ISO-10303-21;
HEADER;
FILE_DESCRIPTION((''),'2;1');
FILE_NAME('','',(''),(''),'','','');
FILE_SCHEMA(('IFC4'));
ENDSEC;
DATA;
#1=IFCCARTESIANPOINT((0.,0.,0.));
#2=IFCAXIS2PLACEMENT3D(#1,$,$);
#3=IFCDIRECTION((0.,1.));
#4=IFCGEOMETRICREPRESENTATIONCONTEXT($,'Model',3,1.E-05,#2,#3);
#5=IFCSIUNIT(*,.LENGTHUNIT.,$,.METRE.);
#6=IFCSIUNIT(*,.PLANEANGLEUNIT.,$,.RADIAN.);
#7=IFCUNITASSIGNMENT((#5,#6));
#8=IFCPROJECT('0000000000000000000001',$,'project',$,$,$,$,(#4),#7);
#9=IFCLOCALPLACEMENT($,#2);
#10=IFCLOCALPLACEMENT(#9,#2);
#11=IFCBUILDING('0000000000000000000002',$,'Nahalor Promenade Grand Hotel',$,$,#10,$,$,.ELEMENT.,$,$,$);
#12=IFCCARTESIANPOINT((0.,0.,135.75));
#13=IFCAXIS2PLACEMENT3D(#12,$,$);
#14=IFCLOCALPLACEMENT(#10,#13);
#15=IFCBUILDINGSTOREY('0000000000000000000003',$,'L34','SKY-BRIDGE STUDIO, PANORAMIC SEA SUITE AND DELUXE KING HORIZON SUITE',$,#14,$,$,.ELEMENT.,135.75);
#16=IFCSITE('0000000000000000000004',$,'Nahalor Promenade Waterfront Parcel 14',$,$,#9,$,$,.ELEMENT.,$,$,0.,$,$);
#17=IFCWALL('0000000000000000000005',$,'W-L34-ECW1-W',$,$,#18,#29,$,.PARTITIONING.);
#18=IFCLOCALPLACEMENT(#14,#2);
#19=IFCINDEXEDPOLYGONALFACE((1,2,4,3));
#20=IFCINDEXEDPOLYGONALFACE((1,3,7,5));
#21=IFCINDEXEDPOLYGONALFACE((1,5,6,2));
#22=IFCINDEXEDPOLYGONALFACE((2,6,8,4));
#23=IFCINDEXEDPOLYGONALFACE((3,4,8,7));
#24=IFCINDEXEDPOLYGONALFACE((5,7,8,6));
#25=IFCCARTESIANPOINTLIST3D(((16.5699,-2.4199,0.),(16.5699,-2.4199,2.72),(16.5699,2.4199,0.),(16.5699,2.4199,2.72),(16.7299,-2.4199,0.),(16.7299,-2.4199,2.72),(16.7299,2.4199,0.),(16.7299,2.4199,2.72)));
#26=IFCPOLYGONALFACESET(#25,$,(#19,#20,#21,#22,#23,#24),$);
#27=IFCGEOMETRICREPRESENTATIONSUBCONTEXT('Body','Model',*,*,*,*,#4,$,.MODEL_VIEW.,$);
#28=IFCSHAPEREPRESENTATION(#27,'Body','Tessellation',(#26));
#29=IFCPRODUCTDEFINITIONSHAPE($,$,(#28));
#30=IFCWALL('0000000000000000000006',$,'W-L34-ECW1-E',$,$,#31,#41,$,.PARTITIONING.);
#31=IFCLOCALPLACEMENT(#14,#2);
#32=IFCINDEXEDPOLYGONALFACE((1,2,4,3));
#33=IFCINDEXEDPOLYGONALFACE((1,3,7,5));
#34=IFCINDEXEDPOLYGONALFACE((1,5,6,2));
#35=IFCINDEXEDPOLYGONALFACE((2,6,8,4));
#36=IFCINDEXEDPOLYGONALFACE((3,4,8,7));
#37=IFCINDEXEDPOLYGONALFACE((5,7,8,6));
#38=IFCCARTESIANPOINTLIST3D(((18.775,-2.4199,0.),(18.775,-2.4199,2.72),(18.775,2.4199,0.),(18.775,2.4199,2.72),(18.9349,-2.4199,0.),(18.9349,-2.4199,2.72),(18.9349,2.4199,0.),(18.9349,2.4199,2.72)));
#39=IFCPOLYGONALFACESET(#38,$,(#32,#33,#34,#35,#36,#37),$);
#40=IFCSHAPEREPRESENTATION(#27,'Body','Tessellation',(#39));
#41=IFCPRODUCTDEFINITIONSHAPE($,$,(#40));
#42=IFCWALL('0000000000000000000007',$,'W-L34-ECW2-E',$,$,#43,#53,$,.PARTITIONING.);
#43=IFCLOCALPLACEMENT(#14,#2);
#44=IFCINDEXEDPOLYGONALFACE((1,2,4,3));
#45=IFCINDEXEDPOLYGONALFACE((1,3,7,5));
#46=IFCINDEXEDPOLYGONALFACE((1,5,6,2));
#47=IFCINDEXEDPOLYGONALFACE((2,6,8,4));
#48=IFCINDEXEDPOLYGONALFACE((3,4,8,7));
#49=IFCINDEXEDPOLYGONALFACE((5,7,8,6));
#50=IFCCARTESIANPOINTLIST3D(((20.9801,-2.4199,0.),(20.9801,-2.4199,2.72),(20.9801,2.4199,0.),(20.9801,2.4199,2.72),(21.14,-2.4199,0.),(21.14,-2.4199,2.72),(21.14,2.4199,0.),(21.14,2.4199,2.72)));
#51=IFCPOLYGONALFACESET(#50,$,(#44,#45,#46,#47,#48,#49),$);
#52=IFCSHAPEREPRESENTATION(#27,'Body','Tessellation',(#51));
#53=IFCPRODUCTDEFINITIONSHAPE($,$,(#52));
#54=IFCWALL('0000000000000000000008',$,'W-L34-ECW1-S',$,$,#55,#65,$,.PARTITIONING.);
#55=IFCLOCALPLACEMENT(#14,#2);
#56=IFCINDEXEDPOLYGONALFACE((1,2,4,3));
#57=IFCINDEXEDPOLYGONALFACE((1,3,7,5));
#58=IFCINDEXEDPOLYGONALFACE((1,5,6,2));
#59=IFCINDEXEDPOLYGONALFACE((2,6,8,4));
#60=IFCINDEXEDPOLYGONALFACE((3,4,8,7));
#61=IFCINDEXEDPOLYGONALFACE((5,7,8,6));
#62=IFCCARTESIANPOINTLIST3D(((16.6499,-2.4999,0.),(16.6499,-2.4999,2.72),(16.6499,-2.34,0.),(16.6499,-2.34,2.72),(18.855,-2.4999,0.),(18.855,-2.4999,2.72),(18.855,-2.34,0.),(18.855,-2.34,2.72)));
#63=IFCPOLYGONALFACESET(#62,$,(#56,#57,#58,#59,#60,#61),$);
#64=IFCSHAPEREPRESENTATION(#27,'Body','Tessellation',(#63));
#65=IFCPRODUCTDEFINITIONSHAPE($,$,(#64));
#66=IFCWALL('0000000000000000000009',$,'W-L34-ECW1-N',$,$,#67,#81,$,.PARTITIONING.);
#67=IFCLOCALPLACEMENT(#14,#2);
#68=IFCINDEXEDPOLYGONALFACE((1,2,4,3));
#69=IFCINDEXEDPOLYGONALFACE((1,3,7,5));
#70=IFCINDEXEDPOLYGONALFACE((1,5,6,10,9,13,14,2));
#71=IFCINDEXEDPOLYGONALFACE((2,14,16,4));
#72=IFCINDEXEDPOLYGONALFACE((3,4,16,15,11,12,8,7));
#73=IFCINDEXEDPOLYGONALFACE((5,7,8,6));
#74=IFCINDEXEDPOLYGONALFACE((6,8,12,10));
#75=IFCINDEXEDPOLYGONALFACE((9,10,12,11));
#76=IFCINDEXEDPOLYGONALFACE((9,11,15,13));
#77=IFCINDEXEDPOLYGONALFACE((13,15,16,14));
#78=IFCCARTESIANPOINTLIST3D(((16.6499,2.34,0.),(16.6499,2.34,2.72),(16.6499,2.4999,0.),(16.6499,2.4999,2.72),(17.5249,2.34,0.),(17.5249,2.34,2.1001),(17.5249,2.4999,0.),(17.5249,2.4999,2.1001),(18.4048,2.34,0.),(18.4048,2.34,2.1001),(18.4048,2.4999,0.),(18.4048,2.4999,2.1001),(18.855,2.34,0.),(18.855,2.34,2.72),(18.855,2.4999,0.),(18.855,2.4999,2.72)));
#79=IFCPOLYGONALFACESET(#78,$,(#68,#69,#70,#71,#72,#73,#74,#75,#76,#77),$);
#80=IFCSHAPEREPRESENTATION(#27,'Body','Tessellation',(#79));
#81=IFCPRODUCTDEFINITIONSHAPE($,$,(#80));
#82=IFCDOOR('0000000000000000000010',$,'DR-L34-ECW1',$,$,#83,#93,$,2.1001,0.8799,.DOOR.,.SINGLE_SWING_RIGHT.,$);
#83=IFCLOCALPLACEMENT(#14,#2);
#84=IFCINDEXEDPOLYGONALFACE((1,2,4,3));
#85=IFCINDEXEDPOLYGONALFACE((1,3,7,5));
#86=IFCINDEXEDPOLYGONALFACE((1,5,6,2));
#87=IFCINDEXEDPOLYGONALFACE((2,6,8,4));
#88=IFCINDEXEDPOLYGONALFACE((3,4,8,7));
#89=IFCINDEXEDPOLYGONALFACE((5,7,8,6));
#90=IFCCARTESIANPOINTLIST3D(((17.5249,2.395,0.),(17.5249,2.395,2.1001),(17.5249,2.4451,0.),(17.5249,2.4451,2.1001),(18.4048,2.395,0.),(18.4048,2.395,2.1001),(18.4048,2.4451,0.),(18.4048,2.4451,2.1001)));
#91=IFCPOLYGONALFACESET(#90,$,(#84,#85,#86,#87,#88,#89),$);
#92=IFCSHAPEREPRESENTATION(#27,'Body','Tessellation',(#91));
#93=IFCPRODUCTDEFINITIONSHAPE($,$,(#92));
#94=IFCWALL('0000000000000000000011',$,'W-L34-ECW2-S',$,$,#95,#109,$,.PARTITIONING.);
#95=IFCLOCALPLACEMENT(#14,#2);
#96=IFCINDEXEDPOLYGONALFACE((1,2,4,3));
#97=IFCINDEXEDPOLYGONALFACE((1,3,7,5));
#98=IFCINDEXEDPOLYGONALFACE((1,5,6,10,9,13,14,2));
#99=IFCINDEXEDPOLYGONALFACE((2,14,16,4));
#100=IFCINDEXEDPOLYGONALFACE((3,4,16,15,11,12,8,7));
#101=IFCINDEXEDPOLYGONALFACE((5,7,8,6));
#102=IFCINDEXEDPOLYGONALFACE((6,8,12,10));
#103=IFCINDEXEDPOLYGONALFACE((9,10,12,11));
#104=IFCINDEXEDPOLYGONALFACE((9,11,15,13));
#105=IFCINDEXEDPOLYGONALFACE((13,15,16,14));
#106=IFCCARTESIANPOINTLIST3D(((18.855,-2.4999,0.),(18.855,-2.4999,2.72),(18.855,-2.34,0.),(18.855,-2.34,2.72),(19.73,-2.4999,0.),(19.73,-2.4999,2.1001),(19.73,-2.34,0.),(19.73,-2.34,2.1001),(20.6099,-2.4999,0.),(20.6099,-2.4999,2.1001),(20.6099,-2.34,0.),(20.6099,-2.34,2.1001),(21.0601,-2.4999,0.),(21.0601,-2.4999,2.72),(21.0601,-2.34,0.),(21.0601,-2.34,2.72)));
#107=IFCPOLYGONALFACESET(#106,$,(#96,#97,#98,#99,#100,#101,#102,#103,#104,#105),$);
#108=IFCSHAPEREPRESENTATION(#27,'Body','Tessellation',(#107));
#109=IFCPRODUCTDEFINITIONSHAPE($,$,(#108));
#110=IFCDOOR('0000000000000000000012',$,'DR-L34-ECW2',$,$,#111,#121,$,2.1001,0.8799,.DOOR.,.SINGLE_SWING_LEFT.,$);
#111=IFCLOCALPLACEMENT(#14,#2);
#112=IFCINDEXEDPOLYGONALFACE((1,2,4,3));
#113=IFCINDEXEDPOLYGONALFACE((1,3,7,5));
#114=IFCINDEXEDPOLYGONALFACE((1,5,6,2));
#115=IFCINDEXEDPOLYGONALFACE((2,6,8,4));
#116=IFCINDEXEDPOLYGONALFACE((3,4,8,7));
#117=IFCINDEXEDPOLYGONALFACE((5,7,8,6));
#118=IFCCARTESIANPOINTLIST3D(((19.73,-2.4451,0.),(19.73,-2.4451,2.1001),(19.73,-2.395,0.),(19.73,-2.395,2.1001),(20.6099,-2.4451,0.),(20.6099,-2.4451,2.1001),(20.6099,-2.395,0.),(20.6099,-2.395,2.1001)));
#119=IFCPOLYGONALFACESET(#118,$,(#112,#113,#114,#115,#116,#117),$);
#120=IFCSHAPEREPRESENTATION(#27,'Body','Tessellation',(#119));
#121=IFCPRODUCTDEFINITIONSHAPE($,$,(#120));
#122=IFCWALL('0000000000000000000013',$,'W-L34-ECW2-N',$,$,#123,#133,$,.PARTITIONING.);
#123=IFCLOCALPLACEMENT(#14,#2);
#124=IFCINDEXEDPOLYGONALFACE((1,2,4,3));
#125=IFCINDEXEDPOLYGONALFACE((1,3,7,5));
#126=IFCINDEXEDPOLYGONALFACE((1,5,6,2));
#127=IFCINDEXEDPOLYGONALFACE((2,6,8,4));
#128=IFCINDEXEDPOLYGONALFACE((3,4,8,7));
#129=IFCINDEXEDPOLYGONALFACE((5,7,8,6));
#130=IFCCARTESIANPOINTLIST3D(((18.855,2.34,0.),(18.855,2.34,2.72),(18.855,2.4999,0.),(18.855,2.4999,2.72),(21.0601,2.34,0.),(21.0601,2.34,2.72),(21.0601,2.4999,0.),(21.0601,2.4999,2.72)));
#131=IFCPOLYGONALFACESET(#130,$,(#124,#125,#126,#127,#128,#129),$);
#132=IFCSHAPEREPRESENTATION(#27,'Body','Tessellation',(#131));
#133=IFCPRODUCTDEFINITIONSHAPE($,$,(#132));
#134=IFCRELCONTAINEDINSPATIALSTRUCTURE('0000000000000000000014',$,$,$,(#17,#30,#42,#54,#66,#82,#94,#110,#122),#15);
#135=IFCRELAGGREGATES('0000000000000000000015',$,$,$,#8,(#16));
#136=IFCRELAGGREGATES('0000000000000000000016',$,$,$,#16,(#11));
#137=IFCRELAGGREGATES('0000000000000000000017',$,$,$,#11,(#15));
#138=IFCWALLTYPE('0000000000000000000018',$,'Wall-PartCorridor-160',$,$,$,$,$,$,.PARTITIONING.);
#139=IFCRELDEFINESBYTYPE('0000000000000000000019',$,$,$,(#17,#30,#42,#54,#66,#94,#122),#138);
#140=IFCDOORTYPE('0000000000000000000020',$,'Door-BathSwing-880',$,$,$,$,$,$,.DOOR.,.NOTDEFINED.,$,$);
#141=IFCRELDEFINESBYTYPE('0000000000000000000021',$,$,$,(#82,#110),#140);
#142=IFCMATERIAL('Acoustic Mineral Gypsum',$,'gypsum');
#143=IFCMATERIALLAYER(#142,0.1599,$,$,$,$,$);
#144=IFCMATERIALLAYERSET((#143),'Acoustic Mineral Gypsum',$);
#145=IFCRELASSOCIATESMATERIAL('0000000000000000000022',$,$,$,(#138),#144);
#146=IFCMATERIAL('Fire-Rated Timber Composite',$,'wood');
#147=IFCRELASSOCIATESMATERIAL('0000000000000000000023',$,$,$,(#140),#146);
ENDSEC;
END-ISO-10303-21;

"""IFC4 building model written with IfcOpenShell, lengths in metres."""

from ifc_helpers import new_model, si_unit, direction, frame, frame_2d, origin, place, context, subcontext, project, spatial, rectangle, extrude, source, transform, mapped, material, layer, layer_set, type_object, element, fill, save


model = new_model("IFC4")

# Units and contexts
model_context = context("Model", 3, precision=1e-05, world=origin(), true_north=direction((0.0, 1.0)))
body_context = subcontext(model_context, "Body", "Model", "MODEL_VIEW")
ifc_project = project(units=[si_unit("LENGTHUNIT", "METRE"), si_unit("PLANEANGLEUNIT", "RADIAN")], contexts=[model_context])

# Site, building, storey
site_placement = place(None, origin())
site = spatial("IfcSite", under=ifc_project, at=site_placement, Name="Nahalor Promenade Waterfront Parcel 14", CompositionType="ELEMENT", RefElevation=0.0)
building_placement = place(site_placement, origin())
building = spatial("IfcBuilding", under=site, at=building_placement, Name="Nahalor Promenade Grand Hotel", CompositionType="ELEMENT")
storey_placement = place(building_placement, frame((0.0, 0.0, 135.75)))
storey = spatial("IfcBuildingStorey", under=building, at=storey_placement, Name="L34", Description="SKY-BRIDGE STUDIO, PANORAMIC SEA SUITE AND DELUXE KING HORIZON SUITE", CompositionType="ELEMENT", Elevation=135.75)

# Shared definitions
ifc_material_1 = material(Name="Acoustic Mineral Gypsum", Category="gypsum")
ifc_layer_1 = layer(ifc_material_1, 0.1599)
ifc_layer_set_1 = layer_set([ifc_layer_1], Name="Acoustic Mineral Gypsum")
wall_type_1 = type_object("IfcWallType", Name="Wall-PartCorridor-160", PredefinedType="PARTITIONING", material=ifc_layer_set_1)
ifc_material_2 = material(Name="Fire-Rated Timber Composite", Category="wood")

# Walls
shared_shape_1 = source(origin(), body_context, "Body", "SweptSolid", [
    extrude(rectangle(XDim=4.8398, YDim=0.1599, at=frame_2d((2.4199, 0.0))), origin(), (0.0, 0.0, 1.0), 2.72),
])
for number, where, z_axis, x_axis, name in (
    (1, (16.6499, -2.4199, 0.0), (0.0, 0.0, 1.0), (0.0, 1.0, 0.0), "W-L34-ECW1-W"),
    (2, (18.855, -2.4199, 0.0), (0.0, 0.0, 1.0), (0.0, 1.0, 0.0), "W-L34-ECW1-E"),
    (3, (21.0601, -2.4199, 0.0), (0.0, 0.0, 1.0), (0.0, 1.0, 0.0), "W-L34-ECW2-E"),
):
    element("IfcWall", number, at=place(storey_placement, frame(where, z_axis=z_axis, x_axis=x_axis)), inside=storey, type_object=wall_type_1, Name=name, PredefinedType="PARTITIONING", context=body_context, shape_type="MappedRepresentation", body=[
        mapped(shared_shape_1, transform((0.0, 0.0, 0.0), scale=1.0)),
    ])
shared_shape_2 = source(origin(), body_context, "Body", "SweptSolid", [
    extrude(rectangle(XDim=2.2051, YDim=0.1599, at=frame_2d((1.1025, 0.0))), origin(), (0.0, 0.0, 1.0), 2.72),
])
wall_1_placement = place(storey_placement, frame((16.6499, -2.4199, 0.0), z_axis=(0.0, 0.0, 1.0), x_axis=(1.0, 0.0, 0.0)))
element("IfcWall", 4, at=wall_1_placement, inside=storey, type_object=wall_type_1, Name="W-L34-ECW1-S", PredefinedType="PARTITIONING", context=body_context, shape_type="MappedRepresentation", body=[
    mapped(shared_shape_2, transform((0.0, 0.0, 0.0), scale=1.0)),
])

# Walls, openings, doors
wall_2_placement = place(storey_placement, frame((16.6499, 2.4199, 0.0), z_axis=(0.0, 0.0, 1.0), x_axis=(1.0, 0.0, 0.0)))
wall_2 = element("IfcWall", 5, at=wall_2_placement, inside=storey, type_object=wall_type_1, Name="W-L34-ECW1-N", PredefinedType="PARTITIONING", context=body_context, shape_type="MappedRepresentation", body=[
    mapped(shared_shape_2, transform((0.0, 0.0, 0.0), scale=1.0)),
])
opening_1_placement = place(wall_2_placement, frame((0.875, 0.0, 0.0)))
opening_1 = element("IfcOpeningElement", 6, at=opening_1_placement, cuts=wall_2, PredefinedType="OPENING", context=body_context, shape_type="SweptSolid", body=[
    extrude(rectangle(XDim=0.8799, YDim=2.1001, at=frame_2d((0.4399, 1.05))), frame((0.0, 0.0898, 0.0), z_axis=(0.0, -1.0, 0.0), x_axis=(1.0, 0.0, 0.0)), (0.0, 0.0, 1.0), 0.1799),
])
door_type_1 = type_object("IfcDoorType", Name="Door-BathSwing-880", OperationType="NOTDEFINED", PredefinedType="DOOR", material=ifc_material_2)
shared_shape_3 = source(origin(), body_context, "Body", "SweptSolid", [
    extrude(rectangle(XDim=0.8799, YDim=2.1001, at=frame_2d((0.4399, 1.05))), frame((0.0, 0.0249, 0.0), z_axis=(0.0, -1.0, 0.0), x_axis=(1.0, 0.0, 0.0)), (0.0, 0.0, 1.0), 0.05),
])
door_1_placement = place(opening_1_placement, frame((0.8799, 0.0, 0.0), z_axis=(0.0, 0.0, 1.0), x_axis=(-1.0, 0.0, 0.0)))
door_1 = element("IfcDoor", 7, at=door_1_placement, inside=storey, type_object=door_type_1, Name="DR-L34-ECW1", OperationType="SINGLE_SWING_RIGHT", OverallHeight=2.1001, OverallWidth=0.8799, PredefinedType="DOOR", context=body_context, shape_type="MappedRepresentation", body=[
    mapped(shared_shape_3, transform((0.0, 0.0, 0.0), scale=1.0)),
])
fill(opening_1, door_1)
wall_3_placement = place(storey_placement, frame((18.855, -2.4199, 0.0), z_axis=(0.0, 0.0, 1.0), x_axis=(1.0, 0.0, 0.0)))
wall_3 = element("IfcWall", 8, at=wall_3_placement, inside=storey, type_object=wall_type_1, Name="W-L34-ECW2-S", PredefinedType="PARTITIONING", context=body_context, shape_type="MappedRepresentation", body=[
    mapped(shared_shape_2, transform((0.0, 0.0, 0.0), scale=1.0)),
])
opening_2_placement = place(wall_3_placement, frame((0.875, 0.0, 0.0)))
opening_2 = element("IfcOpeningElement", 9, at=opening_2_placement, cuts=wall_3, PredefinedType="OPENING", context=body_context, shape_type="SweptSolid", body=[
    extrude(rectangle(XDim=0.8799, YDim=2.1001, at=frame_2d((0.4399, 1.05))), frame((0.0, 0.0898, 0.0), z_axis=(0.0, -1.0, 0.0), x_axis=(1.0, 0.0, 0.0)), (0.0, 0.0, 1.0), 0.1799),
])
door_2_placement = place(opening_2_placement, origin())
door_2 = element("IfcDoor", 10, at=door_2_placement, inside=storey, type_object=door_type_1, Name="DR-L34-ECW2", OperationType="SINGLE_SWING_LEFT", OverallHeight=2.1001, OverallWidth=0.8799, PredefinedType="DOOR", context=body_context, shape_type="MappedRepresentation", body=[
    mapped(shared_shape_3, transform((0.0, 0.0, 0.0), scale=1.0)),
])
fill(opening_2, door_2)

# Wall
wall_4_placement = place(storey_placement, frame((18.855, 2.4199, 0.0), z_axis=(0.0, 0.0, 1.0), x_axis=(1.0, 0.0, 0.0)))
element("IfcWall", 11, at=wall_4_placement, inside=storey, type_object=wall_type_1, Name="W-L34-ECW2-N", PredefinedType="PARTITIONING", context=body_context, shape_type="MappedRepresentation", body=[
    mapped(shared_shape_2, transform((0.0, 0.0, 0.0), scale=1.0)),
])

save(model, "model.ifc")
